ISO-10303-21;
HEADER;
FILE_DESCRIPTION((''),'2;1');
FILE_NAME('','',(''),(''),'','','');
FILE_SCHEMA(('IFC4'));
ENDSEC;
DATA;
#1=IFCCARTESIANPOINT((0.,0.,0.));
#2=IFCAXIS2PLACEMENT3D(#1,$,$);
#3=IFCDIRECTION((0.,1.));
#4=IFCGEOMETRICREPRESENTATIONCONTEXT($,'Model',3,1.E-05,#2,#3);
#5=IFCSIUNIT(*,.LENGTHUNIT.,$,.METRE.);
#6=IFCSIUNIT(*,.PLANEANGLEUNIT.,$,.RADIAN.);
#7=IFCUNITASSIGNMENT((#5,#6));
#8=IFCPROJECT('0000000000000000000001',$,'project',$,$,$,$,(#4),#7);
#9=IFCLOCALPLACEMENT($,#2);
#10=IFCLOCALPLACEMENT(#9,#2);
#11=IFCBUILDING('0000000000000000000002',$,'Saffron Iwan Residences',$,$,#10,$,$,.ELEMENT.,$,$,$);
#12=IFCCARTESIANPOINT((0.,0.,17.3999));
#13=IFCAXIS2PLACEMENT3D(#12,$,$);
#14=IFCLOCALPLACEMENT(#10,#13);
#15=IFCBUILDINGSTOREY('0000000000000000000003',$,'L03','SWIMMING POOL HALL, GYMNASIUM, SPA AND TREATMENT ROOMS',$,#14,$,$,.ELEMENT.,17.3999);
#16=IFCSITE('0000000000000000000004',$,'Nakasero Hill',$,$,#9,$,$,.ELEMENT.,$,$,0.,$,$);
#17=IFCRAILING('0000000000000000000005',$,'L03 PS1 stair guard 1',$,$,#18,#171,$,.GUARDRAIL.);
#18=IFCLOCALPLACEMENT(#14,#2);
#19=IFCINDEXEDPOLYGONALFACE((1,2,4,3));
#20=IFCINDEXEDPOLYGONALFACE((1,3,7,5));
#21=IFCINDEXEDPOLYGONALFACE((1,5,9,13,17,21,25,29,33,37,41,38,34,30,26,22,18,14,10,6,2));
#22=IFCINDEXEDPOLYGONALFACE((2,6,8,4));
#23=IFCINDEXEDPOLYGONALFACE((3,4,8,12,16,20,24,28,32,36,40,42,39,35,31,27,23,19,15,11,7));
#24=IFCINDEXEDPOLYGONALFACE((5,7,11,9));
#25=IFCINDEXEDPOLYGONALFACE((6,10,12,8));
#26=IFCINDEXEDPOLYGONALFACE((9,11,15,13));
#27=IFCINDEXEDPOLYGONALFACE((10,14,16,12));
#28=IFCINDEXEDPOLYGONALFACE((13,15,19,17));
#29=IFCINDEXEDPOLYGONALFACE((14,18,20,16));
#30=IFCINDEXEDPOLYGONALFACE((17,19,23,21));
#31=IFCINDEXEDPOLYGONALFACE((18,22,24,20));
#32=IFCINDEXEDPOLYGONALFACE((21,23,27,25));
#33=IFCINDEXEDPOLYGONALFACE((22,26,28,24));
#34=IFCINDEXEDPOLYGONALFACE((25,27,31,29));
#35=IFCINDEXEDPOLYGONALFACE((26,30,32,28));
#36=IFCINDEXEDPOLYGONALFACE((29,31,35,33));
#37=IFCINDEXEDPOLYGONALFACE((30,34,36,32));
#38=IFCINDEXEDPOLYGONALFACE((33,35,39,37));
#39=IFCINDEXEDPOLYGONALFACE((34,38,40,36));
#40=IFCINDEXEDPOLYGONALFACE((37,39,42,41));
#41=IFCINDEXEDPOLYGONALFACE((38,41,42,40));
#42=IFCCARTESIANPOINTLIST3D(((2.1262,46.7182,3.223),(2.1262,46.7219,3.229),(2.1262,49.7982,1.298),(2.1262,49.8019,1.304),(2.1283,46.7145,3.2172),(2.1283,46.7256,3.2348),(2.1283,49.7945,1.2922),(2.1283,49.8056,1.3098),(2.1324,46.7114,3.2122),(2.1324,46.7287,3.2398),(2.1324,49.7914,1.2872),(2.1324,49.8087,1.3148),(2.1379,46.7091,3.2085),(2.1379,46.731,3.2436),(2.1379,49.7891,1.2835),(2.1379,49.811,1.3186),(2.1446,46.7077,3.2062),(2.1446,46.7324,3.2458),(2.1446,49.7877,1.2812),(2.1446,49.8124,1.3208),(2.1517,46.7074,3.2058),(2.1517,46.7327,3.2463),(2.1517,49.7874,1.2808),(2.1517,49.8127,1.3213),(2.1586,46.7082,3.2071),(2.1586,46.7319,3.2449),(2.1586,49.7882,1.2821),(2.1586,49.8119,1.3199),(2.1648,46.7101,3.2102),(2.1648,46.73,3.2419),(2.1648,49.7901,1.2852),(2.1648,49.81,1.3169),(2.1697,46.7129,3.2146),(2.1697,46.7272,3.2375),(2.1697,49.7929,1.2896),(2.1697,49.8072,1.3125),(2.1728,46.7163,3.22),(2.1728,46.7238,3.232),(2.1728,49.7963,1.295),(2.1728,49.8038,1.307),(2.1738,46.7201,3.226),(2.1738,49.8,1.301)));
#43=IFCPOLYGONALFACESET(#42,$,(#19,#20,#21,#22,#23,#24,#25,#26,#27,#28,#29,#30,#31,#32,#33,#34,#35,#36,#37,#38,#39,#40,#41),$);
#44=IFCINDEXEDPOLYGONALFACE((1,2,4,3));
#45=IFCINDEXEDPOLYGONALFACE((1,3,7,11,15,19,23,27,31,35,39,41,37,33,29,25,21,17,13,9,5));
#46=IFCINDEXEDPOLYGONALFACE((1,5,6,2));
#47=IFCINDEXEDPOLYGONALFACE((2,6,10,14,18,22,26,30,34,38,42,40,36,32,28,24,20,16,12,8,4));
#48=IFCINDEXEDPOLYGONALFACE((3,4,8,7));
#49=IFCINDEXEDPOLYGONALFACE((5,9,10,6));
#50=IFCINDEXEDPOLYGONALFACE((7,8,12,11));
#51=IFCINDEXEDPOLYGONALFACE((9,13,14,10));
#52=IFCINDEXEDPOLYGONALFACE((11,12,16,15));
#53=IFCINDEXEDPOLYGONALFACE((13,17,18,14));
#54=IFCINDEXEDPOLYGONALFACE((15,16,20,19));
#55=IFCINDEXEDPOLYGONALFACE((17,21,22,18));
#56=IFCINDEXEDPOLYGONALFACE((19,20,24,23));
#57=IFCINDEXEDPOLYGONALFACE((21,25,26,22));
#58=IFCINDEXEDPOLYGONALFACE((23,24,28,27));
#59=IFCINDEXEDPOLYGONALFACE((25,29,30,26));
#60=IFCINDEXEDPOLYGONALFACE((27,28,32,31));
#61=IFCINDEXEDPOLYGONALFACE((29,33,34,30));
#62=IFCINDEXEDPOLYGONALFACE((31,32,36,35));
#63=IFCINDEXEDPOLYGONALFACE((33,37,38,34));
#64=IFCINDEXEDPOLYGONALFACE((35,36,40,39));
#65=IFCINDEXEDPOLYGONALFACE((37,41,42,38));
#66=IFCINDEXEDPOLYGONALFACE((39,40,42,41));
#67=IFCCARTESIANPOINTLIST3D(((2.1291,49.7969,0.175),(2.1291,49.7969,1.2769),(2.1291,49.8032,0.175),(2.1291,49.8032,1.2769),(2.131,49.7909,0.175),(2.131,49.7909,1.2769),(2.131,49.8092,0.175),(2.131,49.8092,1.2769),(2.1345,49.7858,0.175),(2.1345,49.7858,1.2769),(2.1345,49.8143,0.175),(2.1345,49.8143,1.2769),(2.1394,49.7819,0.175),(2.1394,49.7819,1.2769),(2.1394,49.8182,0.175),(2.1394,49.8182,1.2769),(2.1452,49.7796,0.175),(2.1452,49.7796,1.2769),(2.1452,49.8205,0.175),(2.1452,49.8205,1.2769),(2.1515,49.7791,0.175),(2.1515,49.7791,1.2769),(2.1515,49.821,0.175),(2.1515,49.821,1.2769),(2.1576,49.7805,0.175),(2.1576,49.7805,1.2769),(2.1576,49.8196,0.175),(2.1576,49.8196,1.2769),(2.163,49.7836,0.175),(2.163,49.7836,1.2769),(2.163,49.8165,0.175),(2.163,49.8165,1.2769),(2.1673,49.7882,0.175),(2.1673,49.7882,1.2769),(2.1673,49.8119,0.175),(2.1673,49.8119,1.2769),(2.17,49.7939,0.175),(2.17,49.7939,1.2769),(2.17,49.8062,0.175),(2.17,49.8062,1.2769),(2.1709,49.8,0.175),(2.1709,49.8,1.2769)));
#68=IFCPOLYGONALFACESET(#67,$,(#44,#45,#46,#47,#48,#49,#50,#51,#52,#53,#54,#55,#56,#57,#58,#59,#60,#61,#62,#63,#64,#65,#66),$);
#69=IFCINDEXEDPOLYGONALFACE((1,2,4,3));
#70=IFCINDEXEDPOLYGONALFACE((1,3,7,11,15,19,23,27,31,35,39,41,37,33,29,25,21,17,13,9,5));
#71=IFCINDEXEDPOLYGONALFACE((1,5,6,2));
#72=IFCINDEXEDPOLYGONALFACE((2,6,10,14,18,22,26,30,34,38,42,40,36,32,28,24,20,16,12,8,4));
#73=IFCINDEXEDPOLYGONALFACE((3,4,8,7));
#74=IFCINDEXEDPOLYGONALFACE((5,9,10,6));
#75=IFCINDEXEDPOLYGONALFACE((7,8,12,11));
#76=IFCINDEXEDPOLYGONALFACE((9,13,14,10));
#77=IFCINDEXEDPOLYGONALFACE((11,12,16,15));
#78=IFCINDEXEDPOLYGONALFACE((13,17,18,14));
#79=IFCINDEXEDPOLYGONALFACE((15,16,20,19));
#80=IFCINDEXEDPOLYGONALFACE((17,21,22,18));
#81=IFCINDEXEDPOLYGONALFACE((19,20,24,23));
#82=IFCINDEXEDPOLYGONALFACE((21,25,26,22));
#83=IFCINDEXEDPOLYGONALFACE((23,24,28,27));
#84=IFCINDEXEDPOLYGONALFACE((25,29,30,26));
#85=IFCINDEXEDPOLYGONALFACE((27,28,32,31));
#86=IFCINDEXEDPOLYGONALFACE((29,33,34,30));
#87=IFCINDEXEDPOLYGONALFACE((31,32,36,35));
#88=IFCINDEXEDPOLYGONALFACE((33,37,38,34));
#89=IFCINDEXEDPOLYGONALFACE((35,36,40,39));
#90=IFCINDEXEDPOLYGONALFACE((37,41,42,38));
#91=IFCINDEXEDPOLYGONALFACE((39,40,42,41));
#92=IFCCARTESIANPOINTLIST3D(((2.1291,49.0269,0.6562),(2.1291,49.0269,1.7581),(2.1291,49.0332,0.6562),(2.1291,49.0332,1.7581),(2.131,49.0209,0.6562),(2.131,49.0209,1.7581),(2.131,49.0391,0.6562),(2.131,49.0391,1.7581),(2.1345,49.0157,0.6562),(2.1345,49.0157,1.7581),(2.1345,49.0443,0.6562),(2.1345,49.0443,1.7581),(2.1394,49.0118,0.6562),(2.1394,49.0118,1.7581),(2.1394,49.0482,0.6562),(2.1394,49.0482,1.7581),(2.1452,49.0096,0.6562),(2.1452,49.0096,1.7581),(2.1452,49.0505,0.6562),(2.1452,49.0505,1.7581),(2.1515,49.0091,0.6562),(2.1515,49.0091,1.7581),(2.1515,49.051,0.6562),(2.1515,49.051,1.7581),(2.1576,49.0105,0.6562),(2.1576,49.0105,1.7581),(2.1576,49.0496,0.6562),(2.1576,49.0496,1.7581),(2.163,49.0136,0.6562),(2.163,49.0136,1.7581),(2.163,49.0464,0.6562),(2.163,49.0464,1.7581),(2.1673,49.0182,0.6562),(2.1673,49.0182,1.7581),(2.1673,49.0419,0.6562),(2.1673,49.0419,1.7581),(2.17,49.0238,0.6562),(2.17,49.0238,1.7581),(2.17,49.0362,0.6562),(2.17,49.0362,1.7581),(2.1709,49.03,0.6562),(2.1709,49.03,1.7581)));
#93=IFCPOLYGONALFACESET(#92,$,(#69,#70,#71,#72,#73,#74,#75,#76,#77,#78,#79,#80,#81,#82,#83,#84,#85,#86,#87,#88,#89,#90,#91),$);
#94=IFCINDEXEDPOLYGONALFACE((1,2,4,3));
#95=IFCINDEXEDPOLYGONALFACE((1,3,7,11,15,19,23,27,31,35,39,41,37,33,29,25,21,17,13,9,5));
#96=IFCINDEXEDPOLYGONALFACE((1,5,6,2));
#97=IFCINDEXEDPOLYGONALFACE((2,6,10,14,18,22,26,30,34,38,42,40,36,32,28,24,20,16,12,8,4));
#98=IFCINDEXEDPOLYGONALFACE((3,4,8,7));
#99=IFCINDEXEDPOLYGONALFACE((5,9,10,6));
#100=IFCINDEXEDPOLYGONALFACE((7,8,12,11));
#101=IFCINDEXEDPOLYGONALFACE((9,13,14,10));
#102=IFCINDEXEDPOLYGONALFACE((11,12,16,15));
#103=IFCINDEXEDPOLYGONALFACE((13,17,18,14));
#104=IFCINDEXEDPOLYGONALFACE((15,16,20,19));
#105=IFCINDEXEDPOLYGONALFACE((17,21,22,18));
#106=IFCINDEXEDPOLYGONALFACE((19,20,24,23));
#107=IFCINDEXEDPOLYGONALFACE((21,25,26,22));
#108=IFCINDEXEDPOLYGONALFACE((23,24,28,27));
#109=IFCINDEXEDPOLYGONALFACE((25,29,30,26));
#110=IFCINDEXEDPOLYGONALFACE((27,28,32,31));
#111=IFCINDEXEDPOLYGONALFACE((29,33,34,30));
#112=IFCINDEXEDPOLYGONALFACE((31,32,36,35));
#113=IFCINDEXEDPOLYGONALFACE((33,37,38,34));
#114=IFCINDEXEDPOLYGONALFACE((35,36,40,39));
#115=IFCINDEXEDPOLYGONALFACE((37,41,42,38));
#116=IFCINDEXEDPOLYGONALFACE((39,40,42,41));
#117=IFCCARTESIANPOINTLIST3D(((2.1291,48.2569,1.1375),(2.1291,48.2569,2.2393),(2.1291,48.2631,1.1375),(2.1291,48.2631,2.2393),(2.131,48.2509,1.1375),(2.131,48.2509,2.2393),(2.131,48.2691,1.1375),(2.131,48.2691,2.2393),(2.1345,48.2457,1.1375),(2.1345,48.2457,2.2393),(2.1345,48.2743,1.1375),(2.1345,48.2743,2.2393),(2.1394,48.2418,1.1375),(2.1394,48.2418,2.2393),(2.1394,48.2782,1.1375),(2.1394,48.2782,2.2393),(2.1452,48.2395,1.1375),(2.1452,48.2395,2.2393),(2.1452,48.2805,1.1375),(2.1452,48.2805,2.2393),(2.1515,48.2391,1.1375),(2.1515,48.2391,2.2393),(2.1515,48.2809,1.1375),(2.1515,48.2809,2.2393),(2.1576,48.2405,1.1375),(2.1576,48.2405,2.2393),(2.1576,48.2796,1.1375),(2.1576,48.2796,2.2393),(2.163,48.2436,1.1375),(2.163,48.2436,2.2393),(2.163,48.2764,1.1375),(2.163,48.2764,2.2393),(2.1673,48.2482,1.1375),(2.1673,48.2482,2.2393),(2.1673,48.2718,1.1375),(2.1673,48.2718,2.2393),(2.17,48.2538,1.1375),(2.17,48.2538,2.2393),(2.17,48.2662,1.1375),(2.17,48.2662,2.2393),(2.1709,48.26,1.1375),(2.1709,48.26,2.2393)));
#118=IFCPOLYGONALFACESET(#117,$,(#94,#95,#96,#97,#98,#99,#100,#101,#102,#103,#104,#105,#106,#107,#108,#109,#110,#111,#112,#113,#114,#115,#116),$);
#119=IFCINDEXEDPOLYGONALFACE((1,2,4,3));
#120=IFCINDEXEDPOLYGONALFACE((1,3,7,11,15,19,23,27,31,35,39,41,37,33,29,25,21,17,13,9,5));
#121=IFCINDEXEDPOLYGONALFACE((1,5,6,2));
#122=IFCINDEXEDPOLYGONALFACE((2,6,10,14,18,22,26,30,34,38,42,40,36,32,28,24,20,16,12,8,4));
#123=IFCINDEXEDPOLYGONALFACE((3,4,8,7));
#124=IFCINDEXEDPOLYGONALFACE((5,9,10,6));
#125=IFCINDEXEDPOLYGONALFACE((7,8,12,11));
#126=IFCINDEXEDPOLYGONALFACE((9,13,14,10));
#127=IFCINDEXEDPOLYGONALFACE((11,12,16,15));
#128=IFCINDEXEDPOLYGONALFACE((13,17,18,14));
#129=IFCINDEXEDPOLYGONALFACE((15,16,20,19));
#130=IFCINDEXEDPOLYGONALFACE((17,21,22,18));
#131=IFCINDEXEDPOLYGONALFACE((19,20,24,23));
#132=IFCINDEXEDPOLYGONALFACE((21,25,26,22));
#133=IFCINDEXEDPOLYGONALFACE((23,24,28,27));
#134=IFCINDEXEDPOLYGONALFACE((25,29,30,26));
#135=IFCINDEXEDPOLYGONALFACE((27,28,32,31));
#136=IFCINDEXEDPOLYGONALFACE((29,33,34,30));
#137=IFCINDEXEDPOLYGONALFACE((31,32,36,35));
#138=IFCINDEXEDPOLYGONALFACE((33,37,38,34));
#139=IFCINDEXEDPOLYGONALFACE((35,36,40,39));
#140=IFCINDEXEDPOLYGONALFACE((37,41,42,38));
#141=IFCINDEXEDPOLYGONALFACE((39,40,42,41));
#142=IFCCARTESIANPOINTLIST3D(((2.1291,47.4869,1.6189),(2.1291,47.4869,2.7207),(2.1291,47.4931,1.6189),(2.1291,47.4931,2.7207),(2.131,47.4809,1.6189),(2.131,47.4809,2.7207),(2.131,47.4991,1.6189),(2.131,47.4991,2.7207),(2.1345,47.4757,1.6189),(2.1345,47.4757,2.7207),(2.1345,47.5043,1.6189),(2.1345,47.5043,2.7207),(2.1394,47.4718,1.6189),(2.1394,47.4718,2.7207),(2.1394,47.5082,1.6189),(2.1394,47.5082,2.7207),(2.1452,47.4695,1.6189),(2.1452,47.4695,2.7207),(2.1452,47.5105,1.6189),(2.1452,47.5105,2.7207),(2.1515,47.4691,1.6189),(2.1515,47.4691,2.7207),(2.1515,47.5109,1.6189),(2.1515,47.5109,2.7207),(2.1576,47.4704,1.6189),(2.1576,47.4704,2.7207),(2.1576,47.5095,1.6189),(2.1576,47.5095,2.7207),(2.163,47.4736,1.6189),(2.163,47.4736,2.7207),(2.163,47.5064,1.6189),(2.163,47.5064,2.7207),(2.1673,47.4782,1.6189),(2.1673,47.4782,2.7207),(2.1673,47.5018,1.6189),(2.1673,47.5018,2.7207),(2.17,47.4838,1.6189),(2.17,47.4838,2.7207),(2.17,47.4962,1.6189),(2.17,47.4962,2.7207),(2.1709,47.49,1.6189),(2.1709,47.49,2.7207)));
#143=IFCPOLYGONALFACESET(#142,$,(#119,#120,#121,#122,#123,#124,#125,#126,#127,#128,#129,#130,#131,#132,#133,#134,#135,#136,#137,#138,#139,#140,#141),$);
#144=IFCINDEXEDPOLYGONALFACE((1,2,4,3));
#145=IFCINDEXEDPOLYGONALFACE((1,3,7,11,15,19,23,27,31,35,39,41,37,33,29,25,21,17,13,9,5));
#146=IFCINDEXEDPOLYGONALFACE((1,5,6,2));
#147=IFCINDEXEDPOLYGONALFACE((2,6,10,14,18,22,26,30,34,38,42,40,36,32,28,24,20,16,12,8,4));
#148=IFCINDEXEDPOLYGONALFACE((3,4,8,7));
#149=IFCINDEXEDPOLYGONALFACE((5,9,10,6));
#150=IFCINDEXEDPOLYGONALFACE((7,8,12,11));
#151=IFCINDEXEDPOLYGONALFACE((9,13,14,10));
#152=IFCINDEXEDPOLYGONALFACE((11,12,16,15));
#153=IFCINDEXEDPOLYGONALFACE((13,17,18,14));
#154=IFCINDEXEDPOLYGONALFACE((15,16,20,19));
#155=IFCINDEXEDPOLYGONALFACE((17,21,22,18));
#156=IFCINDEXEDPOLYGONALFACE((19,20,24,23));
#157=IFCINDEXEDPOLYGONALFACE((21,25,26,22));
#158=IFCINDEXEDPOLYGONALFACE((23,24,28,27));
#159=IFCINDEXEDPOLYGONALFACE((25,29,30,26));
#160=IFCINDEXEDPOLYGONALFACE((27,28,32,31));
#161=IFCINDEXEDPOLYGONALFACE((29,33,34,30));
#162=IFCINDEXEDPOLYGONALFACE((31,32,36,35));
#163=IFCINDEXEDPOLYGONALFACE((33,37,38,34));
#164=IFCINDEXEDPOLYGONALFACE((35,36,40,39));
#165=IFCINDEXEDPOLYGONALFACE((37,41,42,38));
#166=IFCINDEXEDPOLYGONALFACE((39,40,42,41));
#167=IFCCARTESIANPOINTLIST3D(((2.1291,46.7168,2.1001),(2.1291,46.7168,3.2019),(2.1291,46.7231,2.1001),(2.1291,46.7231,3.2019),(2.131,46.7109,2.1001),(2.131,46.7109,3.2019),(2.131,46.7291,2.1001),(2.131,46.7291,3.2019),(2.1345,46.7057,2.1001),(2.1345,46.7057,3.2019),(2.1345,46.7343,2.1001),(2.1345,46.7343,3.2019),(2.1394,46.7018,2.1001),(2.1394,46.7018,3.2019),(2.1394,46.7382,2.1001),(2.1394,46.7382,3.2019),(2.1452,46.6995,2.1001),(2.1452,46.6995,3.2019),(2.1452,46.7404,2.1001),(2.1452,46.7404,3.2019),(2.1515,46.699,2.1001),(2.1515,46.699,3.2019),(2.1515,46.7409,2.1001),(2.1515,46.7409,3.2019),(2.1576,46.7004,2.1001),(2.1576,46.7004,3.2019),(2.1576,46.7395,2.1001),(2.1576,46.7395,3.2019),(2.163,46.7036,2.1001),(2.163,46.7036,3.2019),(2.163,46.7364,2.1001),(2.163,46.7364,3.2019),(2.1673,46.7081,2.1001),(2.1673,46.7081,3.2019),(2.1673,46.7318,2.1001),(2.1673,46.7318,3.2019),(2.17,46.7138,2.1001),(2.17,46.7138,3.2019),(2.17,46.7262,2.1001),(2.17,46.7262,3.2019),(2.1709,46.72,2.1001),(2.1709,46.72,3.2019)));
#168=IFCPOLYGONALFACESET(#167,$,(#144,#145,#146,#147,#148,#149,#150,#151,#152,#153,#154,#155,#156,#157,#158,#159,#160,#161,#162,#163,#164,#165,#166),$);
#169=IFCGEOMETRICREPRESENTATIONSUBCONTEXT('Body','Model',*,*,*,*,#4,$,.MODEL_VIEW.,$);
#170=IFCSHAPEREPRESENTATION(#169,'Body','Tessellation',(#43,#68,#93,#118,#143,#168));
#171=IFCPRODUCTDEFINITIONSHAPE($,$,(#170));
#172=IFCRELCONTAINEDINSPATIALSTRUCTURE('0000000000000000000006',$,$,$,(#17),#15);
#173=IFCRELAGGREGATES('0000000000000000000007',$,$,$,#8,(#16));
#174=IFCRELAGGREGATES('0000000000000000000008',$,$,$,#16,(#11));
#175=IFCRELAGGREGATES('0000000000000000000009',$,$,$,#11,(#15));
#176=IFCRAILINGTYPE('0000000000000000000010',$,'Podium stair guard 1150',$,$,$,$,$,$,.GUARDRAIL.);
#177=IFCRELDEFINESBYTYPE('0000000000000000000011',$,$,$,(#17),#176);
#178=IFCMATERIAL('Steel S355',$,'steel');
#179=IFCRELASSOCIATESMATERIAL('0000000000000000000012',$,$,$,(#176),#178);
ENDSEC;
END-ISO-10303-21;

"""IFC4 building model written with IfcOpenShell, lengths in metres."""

from ifc_helpers import new_model, si_unit, direction, frame, origin, origin_2d, place, context, subcontext, project, spatial, circle, extrude, material, type_object, element, save


model = new_model("IFC4")

# Units and contexts
model_context = context("Model", 3, precision=1e-05, world=origin(), true_north=direction((0.0, 1.0)))
body_context = subcontext(model_context, "Body", "Model", "MODEL_VIEW")
ifc_project = project(units=[si_unit("LENGTHUNIT", "METRE"), si_unit("PLANEANGLEUNIT", "RADIAN")], contexts=[model_context])

# Site, building, storey
site_placement = place(None, origin())
site = spatial("IfcSite", under=ifc_project, at=site_placement, Name="Nakasero Hill", CompositionType="ELEMENT", RefElevation=0.0)
building_placement = place(site_placement, origin())
building = spatial("IfcBuilding", under=site, at=building_placement, Name="Saffron Iwan Residences", CompositionType="ELEMENT")
storey_placement = place(building_placement, frame((0.0, 0.0, 17.3999)))
storey = spatial("IfcBuildingStorey", under=building, at=storey_placement, Name="L03", Description="SWIMMING POOL HALL, GYMNASIUM, SPA AND TREATMENT ROOMS", CompositionType="ELEMENT", Elevation=17.3999)

# Railing
ifc_material_1 = material(Name="Steel S355", Category="steel")
railing_type_1 = type_object("IfcRailingType", Name="Podium stair guard 1150", PredefinedType="GUARDRAIL", material=ifc_material_1)
railing_1_placement = place(storey_placement, frame((2.1499, 49.8, 0.175)))
element("IfcRailing", 1, at=railing_1_placement, inside=storey, type_object=railing_type_1, Name="L03 PS1 stair guard 1", PredefinedType="GUARDRAIL", context=body_context, shape_type="SweptSolid", body=[
    extrude(circle(Radius=0.0239, at=origin_2d()), frame((0.0, 0.0, 1.126), z_axis=(0.0, -0.847998, 0.529999), x_axis=(1.0, 0.0, 0.0)), (0.0, 0.0, 1.0), 3.6321),
    extrude(circle(Radius=0.021, at=origin_2d()), origin(), (0.0, 0.0, 1.0), 1.1018),
    extrude(circle(Radius=0.021, at=origin_2d()), frame((0.0, -0.77, 0.4812)), (0.0, 0.0, 1.0), 1.1018),
    extrude(circle(Radius=0.021, at=origin_2d()), frame((0.0, -1.54, 0.9624)), (0.0, 0.0, 1.0), 1.1018),
    extrude(circle(Radius=0.021, at=origin_2d()), frame((0.0, -2.3101, 1.4438)), (0.0, 0.0, 1.0), 1.1018),
    extrude(circle(Radius=0.021, at=origin_2d()), frame((0.0, -3.0801, 1.925)), (0.0, 0.0, 1.0), 1.1018),
])

save(model, "model.ifc")
